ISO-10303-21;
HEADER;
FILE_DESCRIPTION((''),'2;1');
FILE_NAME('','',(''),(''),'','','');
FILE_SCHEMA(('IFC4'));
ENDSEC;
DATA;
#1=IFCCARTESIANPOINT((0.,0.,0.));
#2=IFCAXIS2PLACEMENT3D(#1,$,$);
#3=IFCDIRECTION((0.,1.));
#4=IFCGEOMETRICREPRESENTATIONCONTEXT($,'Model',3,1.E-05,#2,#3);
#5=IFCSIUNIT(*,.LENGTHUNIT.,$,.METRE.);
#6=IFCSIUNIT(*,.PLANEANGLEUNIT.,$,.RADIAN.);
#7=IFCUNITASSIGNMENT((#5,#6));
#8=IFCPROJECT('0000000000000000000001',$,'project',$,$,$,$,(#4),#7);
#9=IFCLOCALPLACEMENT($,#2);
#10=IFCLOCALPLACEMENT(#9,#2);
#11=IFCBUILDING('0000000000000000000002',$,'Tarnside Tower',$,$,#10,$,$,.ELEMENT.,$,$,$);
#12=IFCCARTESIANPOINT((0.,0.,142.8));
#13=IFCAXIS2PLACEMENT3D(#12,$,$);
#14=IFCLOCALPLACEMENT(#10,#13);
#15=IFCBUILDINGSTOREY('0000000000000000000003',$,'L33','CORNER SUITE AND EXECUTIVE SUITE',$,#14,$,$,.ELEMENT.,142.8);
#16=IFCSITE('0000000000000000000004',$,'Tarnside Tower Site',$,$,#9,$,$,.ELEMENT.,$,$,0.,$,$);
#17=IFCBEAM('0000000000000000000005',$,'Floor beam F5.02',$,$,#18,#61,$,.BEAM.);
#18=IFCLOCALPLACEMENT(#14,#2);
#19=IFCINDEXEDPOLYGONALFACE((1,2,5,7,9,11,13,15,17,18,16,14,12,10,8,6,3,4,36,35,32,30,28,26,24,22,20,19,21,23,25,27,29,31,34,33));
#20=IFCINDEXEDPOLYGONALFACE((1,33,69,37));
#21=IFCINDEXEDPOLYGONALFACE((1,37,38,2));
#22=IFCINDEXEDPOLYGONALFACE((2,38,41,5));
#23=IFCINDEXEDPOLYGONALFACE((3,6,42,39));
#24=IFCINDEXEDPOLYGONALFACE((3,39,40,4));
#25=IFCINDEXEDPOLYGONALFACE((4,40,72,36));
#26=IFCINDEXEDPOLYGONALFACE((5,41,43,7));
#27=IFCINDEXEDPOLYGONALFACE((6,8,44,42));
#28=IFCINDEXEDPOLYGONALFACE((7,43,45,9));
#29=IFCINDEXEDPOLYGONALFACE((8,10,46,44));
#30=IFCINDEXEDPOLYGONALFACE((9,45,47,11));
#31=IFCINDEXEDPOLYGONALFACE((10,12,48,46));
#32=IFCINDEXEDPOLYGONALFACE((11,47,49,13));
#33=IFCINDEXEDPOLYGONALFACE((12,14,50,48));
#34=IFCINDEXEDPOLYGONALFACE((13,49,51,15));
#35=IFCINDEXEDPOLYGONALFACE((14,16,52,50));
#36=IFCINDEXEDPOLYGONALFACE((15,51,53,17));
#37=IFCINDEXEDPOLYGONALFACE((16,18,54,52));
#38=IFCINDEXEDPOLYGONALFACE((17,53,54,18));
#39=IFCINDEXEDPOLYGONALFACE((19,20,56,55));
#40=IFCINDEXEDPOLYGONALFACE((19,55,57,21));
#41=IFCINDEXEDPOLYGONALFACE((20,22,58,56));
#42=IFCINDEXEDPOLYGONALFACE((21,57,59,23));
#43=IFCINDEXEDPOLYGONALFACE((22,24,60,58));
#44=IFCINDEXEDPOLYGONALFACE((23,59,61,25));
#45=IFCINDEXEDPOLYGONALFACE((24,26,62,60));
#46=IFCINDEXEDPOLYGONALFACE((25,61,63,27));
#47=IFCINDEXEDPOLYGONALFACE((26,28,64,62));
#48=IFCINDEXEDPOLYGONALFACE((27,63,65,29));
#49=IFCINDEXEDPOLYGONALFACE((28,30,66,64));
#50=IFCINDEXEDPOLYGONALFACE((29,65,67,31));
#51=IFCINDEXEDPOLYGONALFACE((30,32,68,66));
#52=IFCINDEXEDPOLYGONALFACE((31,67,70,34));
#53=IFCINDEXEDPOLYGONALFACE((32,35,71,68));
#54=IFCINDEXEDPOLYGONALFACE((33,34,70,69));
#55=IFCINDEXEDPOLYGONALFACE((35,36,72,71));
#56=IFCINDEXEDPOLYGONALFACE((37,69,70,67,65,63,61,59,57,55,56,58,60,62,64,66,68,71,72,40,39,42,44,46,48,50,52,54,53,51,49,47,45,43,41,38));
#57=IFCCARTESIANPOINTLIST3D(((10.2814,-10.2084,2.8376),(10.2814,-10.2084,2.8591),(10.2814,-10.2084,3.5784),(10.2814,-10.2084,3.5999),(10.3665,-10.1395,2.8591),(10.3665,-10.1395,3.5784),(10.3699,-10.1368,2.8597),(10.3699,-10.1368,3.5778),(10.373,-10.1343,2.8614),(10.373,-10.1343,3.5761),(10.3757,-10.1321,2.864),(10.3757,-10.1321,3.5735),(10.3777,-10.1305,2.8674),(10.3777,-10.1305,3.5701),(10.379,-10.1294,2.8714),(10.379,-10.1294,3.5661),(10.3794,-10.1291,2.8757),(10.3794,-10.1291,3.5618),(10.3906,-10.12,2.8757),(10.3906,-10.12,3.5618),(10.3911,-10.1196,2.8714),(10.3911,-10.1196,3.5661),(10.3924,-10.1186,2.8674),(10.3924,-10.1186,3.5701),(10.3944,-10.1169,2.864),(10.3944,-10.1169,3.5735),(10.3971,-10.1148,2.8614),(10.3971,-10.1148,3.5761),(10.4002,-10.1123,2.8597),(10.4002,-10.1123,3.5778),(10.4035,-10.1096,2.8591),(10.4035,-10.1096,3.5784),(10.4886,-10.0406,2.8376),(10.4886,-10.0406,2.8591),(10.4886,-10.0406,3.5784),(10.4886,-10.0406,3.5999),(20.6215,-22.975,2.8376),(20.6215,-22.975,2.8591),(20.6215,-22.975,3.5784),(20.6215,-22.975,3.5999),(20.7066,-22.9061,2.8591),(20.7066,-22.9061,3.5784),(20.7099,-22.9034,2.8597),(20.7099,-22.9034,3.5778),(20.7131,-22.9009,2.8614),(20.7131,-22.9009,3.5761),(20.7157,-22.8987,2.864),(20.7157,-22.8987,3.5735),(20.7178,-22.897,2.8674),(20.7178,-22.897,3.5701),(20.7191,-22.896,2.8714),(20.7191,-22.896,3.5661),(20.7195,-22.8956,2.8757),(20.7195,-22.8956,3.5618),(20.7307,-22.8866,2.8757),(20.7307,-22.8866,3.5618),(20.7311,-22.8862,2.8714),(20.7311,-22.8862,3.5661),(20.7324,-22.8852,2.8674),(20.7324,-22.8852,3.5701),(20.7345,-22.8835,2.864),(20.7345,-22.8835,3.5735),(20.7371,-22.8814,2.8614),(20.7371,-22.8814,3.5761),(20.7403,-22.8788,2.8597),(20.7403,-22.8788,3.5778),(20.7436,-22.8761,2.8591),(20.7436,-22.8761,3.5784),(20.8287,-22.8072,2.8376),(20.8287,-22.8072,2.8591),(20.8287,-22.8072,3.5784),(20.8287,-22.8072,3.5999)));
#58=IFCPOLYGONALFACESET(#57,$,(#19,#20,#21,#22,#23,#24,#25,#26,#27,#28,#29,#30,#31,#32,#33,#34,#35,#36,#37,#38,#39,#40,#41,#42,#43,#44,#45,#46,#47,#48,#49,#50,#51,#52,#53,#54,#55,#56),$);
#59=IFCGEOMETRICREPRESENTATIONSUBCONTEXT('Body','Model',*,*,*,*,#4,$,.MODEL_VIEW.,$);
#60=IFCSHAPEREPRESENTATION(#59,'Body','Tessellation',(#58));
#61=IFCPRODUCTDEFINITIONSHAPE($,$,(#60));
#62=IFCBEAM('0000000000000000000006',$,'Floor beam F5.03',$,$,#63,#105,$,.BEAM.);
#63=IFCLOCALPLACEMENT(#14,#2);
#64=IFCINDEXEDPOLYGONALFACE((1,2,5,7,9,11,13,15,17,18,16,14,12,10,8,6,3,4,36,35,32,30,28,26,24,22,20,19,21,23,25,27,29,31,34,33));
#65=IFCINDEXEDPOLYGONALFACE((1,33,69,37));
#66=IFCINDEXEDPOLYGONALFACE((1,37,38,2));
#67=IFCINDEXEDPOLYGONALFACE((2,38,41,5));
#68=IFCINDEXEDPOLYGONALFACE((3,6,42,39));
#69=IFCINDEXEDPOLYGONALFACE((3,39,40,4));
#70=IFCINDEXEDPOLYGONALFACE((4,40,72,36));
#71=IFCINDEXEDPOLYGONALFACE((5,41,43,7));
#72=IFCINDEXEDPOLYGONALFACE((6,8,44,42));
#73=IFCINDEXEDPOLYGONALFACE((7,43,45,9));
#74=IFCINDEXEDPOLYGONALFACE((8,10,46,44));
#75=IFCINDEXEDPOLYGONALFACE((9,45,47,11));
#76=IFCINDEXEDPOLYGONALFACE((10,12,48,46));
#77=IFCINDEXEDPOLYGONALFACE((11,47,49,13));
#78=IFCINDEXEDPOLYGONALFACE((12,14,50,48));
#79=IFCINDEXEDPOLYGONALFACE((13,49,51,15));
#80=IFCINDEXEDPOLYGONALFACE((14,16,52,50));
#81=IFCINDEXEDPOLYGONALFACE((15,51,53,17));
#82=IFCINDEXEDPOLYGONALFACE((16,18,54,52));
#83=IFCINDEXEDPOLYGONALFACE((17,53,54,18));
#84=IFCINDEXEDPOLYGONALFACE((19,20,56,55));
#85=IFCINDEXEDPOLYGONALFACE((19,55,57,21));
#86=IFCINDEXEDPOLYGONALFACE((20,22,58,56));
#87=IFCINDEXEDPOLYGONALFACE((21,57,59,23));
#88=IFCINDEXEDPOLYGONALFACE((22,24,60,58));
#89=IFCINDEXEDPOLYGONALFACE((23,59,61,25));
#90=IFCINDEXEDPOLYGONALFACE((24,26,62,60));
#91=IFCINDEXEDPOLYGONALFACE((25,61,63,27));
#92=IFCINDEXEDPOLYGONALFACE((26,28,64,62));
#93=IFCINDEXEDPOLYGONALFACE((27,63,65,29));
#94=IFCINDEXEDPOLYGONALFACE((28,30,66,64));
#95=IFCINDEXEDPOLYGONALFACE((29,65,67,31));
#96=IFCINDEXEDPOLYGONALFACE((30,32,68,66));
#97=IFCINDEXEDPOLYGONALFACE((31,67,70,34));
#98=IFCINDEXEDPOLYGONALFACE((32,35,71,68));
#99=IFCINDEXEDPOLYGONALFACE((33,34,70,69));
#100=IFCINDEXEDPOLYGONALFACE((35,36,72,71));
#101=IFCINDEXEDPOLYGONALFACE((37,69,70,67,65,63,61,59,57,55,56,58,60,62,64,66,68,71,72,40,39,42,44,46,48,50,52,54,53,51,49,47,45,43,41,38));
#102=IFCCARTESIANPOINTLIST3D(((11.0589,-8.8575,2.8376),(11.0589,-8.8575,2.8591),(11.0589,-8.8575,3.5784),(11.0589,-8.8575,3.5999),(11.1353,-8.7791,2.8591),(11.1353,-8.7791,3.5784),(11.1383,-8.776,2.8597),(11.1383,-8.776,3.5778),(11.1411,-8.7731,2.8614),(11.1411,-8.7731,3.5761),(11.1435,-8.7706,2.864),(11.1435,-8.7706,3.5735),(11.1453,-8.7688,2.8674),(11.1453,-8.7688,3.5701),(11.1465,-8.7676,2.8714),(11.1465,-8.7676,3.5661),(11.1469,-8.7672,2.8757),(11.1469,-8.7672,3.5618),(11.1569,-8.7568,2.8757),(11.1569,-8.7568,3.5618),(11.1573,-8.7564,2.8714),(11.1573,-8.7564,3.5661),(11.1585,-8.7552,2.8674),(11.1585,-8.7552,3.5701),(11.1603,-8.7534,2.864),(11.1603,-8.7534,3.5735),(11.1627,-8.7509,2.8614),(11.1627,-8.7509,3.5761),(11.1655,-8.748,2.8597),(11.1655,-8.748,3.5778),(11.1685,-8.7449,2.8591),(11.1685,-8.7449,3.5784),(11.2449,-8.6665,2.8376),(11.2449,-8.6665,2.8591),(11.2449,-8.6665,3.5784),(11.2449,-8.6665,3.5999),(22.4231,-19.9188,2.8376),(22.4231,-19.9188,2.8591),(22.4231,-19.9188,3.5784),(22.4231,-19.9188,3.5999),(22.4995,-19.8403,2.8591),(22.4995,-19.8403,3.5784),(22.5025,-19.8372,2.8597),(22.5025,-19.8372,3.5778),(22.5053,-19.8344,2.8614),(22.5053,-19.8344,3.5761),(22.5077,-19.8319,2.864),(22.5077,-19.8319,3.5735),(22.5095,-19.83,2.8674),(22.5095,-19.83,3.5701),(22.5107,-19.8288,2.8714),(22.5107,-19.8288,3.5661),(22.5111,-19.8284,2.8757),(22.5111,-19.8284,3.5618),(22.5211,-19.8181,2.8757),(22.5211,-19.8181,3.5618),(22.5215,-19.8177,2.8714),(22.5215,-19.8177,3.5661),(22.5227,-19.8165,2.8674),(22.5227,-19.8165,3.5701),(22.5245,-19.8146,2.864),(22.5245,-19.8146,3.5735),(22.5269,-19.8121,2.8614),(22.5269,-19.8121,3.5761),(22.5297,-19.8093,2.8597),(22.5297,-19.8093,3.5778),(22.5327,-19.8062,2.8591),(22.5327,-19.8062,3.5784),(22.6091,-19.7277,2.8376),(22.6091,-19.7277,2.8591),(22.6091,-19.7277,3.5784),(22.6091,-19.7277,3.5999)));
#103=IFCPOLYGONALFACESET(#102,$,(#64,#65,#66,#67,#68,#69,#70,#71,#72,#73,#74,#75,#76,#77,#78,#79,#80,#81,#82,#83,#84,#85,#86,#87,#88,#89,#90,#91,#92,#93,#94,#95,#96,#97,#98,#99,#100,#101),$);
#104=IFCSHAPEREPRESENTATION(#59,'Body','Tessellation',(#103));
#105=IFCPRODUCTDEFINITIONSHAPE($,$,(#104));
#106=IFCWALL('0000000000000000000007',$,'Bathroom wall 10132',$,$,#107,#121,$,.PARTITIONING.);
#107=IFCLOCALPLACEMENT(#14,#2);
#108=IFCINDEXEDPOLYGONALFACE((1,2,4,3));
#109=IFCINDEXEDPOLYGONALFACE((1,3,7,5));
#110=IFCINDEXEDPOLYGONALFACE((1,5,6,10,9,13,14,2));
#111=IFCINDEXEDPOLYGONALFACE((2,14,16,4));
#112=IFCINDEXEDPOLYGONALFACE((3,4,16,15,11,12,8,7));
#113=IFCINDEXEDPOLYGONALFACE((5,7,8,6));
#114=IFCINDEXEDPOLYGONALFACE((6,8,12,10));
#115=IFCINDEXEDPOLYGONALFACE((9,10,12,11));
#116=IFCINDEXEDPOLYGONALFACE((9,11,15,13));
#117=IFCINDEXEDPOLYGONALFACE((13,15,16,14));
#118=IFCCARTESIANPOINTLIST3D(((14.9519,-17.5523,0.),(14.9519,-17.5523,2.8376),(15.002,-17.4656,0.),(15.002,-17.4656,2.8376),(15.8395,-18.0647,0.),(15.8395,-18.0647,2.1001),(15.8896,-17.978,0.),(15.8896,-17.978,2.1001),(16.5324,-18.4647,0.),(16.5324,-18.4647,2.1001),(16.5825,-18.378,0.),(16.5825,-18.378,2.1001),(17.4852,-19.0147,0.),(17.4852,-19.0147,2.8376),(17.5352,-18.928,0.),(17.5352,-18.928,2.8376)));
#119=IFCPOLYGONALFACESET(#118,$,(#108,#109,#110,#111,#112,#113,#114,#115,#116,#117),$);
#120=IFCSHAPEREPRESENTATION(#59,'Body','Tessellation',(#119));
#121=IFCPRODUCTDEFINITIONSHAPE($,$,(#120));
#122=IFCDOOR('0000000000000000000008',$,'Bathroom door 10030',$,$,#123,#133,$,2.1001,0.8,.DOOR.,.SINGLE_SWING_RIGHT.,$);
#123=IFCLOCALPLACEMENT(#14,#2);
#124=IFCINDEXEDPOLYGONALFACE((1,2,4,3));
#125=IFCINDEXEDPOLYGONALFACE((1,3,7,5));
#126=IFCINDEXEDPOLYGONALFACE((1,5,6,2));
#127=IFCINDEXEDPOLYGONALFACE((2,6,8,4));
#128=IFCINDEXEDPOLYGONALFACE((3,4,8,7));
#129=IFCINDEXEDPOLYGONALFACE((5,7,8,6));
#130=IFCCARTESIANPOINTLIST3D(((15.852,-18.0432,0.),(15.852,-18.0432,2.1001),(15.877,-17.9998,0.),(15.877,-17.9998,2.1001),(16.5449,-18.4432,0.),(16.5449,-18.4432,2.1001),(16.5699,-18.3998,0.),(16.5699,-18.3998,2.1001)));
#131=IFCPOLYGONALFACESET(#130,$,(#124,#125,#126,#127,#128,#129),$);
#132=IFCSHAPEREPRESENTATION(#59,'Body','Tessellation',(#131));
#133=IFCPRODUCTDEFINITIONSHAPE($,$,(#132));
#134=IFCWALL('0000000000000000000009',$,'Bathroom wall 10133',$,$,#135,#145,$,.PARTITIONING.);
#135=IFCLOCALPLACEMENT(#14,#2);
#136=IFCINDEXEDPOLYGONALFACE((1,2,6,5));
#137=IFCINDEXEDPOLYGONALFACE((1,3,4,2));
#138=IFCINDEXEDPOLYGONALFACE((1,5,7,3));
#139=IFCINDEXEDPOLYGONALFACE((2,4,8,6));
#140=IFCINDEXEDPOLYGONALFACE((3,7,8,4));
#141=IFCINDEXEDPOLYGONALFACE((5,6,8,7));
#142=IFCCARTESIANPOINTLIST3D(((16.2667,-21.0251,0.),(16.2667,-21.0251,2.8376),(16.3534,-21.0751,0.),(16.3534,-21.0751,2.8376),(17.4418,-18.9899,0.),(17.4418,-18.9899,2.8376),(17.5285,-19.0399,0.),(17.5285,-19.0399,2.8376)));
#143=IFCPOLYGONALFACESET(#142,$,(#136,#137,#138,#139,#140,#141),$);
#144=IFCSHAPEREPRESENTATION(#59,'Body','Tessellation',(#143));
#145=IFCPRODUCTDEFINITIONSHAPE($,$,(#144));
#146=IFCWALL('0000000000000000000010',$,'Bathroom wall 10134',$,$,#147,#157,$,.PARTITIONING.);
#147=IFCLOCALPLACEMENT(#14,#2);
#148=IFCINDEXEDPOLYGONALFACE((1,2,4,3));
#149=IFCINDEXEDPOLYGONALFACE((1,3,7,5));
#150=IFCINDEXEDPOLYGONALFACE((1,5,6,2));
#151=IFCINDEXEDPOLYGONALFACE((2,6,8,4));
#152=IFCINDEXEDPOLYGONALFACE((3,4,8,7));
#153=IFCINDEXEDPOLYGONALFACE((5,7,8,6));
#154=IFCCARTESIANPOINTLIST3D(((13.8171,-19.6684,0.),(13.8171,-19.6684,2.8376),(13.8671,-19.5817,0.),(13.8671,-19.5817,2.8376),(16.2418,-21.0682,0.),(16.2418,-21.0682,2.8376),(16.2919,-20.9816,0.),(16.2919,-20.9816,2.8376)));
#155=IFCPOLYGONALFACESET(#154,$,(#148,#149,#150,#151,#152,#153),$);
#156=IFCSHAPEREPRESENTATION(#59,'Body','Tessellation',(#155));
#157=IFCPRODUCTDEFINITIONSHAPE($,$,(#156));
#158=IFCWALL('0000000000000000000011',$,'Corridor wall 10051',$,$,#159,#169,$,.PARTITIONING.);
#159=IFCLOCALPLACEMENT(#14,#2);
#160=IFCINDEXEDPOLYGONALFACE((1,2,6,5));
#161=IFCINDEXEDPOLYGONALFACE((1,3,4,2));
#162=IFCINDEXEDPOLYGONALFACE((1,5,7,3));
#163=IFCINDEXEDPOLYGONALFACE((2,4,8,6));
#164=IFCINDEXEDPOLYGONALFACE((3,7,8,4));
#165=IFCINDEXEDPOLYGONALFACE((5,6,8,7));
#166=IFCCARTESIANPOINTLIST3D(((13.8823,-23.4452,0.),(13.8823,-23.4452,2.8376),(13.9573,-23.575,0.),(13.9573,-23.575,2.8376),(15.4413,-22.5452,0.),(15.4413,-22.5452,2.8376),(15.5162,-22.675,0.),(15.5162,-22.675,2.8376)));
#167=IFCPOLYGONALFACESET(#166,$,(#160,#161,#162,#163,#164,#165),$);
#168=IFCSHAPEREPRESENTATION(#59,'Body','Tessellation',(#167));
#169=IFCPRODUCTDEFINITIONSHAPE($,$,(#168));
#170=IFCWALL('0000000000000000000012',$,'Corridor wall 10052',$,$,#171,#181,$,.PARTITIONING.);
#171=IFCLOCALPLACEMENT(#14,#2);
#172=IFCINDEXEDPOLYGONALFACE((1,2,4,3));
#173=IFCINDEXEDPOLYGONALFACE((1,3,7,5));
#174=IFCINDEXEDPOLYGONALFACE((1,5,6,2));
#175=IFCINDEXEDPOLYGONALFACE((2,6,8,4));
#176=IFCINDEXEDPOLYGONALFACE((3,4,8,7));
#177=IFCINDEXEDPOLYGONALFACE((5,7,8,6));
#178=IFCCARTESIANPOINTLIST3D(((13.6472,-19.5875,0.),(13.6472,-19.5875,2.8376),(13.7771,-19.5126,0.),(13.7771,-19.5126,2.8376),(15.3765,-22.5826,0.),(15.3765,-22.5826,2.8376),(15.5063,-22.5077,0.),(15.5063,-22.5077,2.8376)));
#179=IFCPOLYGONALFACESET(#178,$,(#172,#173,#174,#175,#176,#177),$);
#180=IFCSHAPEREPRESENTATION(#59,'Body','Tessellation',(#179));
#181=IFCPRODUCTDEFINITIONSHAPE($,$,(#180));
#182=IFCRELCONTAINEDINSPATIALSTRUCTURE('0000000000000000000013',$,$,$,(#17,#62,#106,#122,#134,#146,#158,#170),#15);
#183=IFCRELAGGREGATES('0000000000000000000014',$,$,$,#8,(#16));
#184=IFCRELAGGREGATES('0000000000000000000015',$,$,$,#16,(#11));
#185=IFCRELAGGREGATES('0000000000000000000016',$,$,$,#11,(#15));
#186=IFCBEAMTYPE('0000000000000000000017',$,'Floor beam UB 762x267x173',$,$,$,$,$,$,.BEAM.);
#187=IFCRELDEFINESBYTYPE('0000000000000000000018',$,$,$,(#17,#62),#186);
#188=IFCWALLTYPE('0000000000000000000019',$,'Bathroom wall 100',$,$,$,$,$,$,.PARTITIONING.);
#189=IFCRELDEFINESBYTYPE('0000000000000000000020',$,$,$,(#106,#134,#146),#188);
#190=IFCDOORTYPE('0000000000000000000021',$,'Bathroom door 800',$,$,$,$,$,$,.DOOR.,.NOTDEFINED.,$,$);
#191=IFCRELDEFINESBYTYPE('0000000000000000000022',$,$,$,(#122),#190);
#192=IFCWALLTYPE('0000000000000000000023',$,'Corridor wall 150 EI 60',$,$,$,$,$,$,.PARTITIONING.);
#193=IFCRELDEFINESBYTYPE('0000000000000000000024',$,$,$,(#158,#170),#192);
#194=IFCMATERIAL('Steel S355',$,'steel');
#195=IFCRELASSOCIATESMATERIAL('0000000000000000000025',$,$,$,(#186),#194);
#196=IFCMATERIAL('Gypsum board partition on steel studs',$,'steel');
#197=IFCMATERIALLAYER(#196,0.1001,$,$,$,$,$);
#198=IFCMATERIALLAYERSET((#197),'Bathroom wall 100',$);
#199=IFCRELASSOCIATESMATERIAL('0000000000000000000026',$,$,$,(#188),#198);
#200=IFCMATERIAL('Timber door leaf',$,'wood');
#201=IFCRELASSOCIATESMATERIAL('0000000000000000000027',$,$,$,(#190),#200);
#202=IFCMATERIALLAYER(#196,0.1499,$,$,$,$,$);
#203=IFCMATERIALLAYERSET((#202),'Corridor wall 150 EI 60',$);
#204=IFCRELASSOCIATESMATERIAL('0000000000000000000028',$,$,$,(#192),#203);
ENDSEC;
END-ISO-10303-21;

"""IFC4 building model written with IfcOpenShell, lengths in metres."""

from ifc_helpers import new_model, si_unit, direction, frame, frame_2d, origin, origin_2d, place, context, subcontext, project, spatial, rectangle, i_section, extrude, material, layer, layer_set, material_profile, profile_set, type_object, element, fill, save


model = new_model("IFC4")

# Units and contexts
model_context = context("Model", 3, precision=1e-05, world=origin(), true_north=direction((0.0, 1.0)))
body_context = subcontext(model_context, "Body", "Model", "MODEL_VIEW")
ifc_project = project(units=[si_unit("LENGTHUNIT", "METRE"), si_unit("PLANEANGLEUNIT", "RADIAN")], contexts=[model_context])

# Site, building, storey
site_placement = place(None, origin())
site = spatial("IfcSite", under=ifc_project, at=site_placement, Name="Tarnside Tower Site", CompositionType="ELEMENT", RefElevation=0.0)
building_placement = place(site_placement, origin())
building = spatial("IfcBuilding", under=site, at=building_placement, Name="Tarnside Tower", CompositionType="ELEMENT")
storey_placement = place(building_placement, frame((0.0, 0.0, 142.8)))
storey = spatial("IfcBuildingStorey", under=building, at=storey_placement, Name="L33", Description="CORNER SUITE AND EXECUTIVE SUITE", CompositionType="ELEMENT", Elevation=142.8)

# Beams
ifc_material_1 = material(Name="Steel S355", Category="steel")
ifc_material_profile = material_profile(ifc_material_1, i_section(OverallWidth=0.2666, OverallDepth=0.7622, WebThickness=0.0144, FlangeThickness=0.0215, FilletRadius=0.0166, at=origin_2d()), Name="UB 762x267x173")
ifc_profile_set = profile_set([ifc_material_profile], Name="Steel S355")
beam_type = type_object("IfcBeamType", Name="Floor beam UB 762x267x173", PredefinedType="BEAM", material=ifc_profile_set)
beam_1_placement = place(storey_placement, frame((20.7251, -22.8911, 3.2188), z_axis=(-0.62939, 0.777089, 0.0), x_axis=(-0.777089, -0.62939, 0.0)))
element("IfcBeam", 1, at=beam_1_placement, inside=storey, type_object=beam_type, Name="Floor beam F5.02", PredefinedType="BEAM", context=body_context, shape_type="SweptSolid", body=[
    extrude(i_section(OverallWidth=0.2666, OverallDepth=0.7622, WebThickness=0.0144, FlangeThickness=0.0215, FilletRadius=0.0166, at=origin_2d()), origin(), (0.0, 0.0, 1.0), 16.4287),
])
beam_2_placement = place(storey_placement, frame((22.5161, -19.8232, 3.2188), z_axis=(-0.716595, 0.69749, 0.0), x_axis=(-0.69749, -0.716595, 0.0)))
element("IfcBeam", 2, at=beam_2_placement, inside=storey, type_object=beam_type, Name="Floor beam F5.03", PredefinedType="BEAM", context=body_context, shape_type="SweptSolid", body=[
    extrude(i_section(OverallWidth=0.2666, OverallDepth=0.7622, WebThickness=0.0144, FlangeThickness=0.0215, FilletRadius=0.0166, at=origin_2d()), origin(), (0.0, 0.0, 1.0), 15.8586),
])

# Wall, opening, door
ifc_material_2 = material(Name="Gypsum board partition on steel studs", Category="steel")
ifc_layer_1 = layer(ifc_material_2, 0.1001)
ifc_layer_set_1 = layer_set([ifc_layer_1], Name="Bathroom wall 100")
wall_type_1 = type_object("IfcWallType", Name="Bathroom wall 100", PredefinedType="PARTITIONING", material=ifc_layer_set_1)
wall_1_placement = place(storey_placement, frame((14.9771, -17.509, 0.0), z_axis=(0.0, 0.0, 1.0), x_axis=(0.866047, -0.499963, 0.0)))
wall_1 = element("IfcWall", 3, at=wall_1_placement, inside=storey, type_object=wall_type_1, Name="Bathroom wall 10132", PredefinedType="PARTITIONING", context=body_context, shape_type="SweptSolid", body=[
    extrude(rectangle(XDim=2.925, YDim=0.1001, at=frame_2d((1.4624, 0.0))), origin(), (0.0, 0.0, 1.0), 2.8376),
])
opening_1_placement = place(wall_1_placement, frame((1.0249, 0.0, 0.0)))
opening_1 = element("IfcOpeningElement", 4, at=opening_1_placement, cuts=wall_1, PredefinedType="OPENING", context=body_context, shape_type="SweptSolid", body=[
    extrude(rectangle(XDim=0.8, YDim=2.1001, at=frame_2d((0.3999, 1.05))), frame((0.0, 0.0601, 0.0), z_axis=(0.0, -1.0, 0.0), x_axis=(1.0, 0.0, 0.0)), (0.0, 0.0, 1.0), 0.1201),
])
ifc_material_3 = material(Name="Timber door leaf", Category="wood")
door_type_1 = type_object("IfcDoorType", Name="Bathroom door 800", OperationType="NOTDEFINED", PredefinedType="DOOR", material=ifc_material_3)
door_1_placement = place(opening_1_placement, origin())
door_1 = element("IfcDoor", 5, at=door_1_placement, inside=storey, type_object=door_type_1, Name="Bathroom door 10030", OperationType="SINGLE_SWING_RIGHT", OverallHeight=2.1001, OverallWidth=0.8, PredefinedType="DOOR", context=body_context, shape_type="SweptSolid", body=[
    extrude(rectangle(XDim=0.8, YDim=2.1001, at=frame_2d((0.3999, 1.05))), frame((0.0, 0.0249, 0.0), z_axis=(0.0, -1.0, 0.0), x_axis=(1.0, 0.0, 0.0)), (0.0, 0.0, 1.0), 0.05),
])
fill(opening_1, door_1)

# Walls
wall_2_placement = place(storey_placement, frame((17.4851, -19.0149, 0.0), z_axis=(0.0, 0.0, 1.0), x_axis=(-0.500016, -0.866016, 0.0)))
element("IfcWall", 6, at=wall_2_placement, inside=storey, type_object=wall_type_1, Name="Bathroom wall 10133", PredefinedType="PARTITIONING", context=body_context, shape_type="SweptSolid", body=[
    extrude(rectangle(XDim=2.3501, YDim=0.1001, at=frame_2d((1.175, 0.0))), origin(), (0.0, 0.0, 1.0), 2.8376),
])
wall_3_placement = place(storey_placement, frame((16.2668, -21.0249, 0.0), z_axis=(0.0, 0.0, 1.0), x_axis=(-0.866035, 0.499984, 0.0)))
element("IfcWall", 7, at=wall_3_placement, inside=storey, type_object=wall_type_1, Name="Bathroom wall 10134", PredefinedType="PARTITIONING", context=body_context, shape_type="SweptSolid", body=[
    extrude(rectangle(XDim=2.7998, YDim=0.1001, at=frame_2d((1.3999, 0.0))), origin(), (0.0, 0.0, 1.0), 2.8376),
])
ifc_layer_2 = layer(ifc_material_2, 0.1499)
ifc_layer_set_2 = layer_set([ifc_layer_2], Name="Corridor wall 150 EI 60")
wall_type_2 = type_object("IfcWallType", Name="Corridor wall 150 EI 60", PredefinedType="PARTITIONING", material=ifc_layer_set_2)
wall_4_placement = place(storey_placement, frame((13.9199, -23.51, 0.0), z_axis=(0.0, 0.0, 1.0), x_axis=(0.866048, 0.499961, 0.0)))
element("IfcWall", 8, at=wall_4_placement, inside=storey, type_object=wall_type_2, Name="Corridor wall 10051", PredefinedType="PARTITIONING", context=body_context, shape_type="SweptSolid", body=[
    extrude(rectangle(XDim=1.8, YDim=0.1499, at=frame_2d((0.8999, 0.0))), origin(), (0.0, 0.0, 1.0), 2.8376),
])
wall_5_placement = place(storey_placement, frame((15.4414, -22.5452, 0.0), z_axis=(0.0, 0.0, 1.0), x_axis=(-0.500004, 0.866023, 0.0)))
element("IfcWall", 9, at=wall_5_placement, inside=storey, type_object=wall_type_2, Name="Corridor wall 10052", PredefinedType="PARTITIONING", context=body_context, shape_type="SweptSolid", body=[
    extrude(rectangle(XDim=3.4585, YDim=0.1499, at=frame_2d((1.7292, 0.0))), origin(), (0.0, 0.0, 1.0), 2.8376),
])

save(model, "model.ifc")
